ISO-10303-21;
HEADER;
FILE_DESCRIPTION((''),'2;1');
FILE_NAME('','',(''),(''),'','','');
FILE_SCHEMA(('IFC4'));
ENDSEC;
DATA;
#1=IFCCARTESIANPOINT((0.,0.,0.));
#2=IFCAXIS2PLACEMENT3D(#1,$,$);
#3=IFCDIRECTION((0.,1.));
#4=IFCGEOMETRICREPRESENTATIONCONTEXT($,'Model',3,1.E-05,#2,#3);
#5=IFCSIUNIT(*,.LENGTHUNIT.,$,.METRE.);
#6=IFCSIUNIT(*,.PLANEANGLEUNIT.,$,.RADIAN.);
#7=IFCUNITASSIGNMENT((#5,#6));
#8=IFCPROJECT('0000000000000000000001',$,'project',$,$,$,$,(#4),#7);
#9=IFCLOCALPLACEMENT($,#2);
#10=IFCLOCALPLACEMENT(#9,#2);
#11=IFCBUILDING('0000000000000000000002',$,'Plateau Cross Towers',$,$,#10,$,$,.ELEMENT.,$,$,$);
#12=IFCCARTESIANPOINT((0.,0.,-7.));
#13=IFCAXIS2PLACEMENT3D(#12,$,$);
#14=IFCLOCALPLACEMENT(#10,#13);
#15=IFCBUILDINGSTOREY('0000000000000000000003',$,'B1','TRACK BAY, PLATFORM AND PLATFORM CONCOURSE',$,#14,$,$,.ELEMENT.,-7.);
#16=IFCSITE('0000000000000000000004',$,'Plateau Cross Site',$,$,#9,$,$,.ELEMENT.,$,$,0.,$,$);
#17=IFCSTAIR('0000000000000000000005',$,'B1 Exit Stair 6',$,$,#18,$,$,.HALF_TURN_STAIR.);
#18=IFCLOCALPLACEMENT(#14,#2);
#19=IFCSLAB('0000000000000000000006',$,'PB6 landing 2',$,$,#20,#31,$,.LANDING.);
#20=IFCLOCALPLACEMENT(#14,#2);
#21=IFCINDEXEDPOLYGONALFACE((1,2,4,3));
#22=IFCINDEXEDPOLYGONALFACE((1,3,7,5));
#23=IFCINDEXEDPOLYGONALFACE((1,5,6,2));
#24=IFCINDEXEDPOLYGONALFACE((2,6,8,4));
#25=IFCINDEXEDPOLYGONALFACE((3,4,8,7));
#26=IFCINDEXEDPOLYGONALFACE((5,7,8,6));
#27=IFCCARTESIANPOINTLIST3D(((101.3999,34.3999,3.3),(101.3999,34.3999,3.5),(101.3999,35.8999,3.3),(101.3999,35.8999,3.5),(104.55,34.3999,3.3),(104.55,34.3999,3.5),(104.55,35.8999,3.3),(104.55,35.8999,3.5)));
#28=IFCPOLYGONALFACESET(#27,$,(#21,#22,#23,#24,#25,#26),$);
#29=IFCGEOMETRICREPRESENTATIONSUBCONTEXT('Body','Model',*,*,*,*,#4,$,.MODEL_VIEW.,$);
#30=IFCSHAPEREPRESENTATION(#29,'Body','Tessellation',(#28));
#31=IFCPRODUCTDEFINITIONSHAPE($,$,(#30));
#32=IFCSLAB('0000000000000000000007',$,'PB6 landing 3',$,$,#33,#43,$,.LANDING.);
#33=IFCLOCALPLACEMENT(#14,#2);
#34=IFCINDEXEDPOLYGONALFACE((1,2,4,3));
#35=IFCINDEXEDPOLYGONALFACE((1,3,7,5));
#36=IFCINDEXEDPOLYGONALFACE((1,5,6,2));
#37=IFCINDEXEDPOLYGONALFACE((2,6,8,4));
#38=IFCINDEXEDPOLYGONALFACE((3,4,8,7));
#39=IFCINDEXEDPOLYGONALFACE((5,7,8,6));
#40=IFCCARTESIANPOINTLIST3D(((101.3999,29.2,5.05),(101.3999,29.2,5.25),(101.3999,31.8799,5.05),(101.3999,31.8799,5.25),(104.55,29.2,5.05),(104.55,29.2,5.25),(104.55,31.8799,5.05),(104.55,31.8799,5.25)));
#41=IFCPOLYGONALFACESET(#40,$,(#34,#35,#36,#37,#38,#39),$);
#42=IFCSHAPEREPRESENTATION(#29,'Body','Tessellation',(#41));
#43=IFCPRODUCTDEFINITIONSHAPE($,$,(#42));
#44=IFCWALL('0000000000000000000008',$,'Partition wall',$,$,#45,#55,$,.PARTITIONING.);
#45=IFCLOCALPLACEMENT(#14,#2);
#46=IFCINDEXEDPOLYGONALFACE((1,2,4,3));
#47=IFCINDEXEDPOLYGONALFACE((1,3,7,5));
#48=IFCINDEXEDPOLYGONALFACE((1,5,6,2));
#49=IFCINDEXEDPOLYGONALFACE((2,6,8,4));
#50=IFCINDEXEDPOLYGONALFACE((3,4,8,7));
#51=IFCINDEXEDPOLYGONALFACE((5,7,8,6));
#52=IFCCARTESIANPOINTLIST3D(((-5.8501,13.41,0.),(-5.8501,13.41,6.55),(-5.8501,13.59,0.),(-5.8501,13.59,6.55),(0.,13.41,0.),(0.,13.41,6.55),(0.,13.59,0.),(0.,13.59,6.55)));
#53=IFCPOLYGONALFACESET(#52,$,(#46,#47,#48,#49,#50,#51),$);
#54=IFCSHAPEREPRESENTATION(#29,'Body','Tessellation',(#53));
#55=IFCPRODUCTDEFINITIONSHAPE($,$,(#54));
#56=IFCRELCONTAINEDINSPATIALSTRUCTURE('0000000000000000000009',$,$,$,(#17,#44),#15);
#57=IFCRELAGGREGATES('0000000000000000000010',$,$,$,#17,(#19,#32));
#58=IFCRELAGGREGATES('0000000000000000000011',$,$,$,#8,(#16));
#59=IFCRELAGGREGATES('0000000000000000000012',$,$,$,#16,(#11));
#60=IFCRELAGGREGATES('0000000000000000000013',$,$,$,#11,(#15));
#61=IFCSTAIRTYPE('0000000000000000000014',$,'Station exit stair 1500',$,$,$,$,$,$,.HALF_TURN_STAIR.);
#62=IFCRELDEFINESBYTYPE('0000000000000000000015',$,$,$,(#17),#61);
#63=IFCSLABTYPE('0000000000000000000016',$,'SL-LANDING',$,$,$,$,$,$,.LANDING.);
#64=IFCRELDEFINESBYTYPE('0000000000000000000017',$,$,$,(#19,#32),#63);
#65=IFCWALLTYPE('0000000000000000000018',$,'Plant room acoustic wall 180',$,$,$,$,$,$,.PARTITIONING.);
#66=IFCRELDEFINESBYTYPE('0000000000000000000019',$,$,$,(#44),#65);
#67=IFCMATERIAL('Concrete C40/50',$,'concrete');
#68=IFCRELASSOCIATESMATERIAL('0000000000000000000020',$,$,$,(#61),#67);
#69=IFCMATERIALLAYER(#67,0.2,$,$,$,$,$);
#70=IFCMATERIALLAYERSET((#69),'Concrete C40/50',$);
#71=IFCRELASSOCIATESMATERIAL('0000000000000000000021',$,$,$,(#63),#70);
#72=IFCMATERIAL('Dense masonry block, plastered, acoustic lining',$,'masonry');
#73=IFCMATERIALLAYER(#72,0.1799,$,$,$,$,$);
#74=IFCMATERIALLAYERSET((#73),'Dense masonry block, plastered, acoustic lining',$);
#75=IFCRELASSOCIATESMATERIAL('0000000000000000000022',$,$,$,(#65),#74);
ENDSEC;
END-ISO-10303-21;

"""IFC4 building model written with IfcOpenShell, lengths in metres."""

from ifc_helpers import new_model, si_unit, direction, frame, frame_2d, origin, place, context, subcontext, project, spatial, polyline, rectangle, outline, extrude, material, layer, layer_set, type_object, element, aggregate, save


model = new_model("IFC4")

# Units and contexts
model_context = context("Model", 3, precision=1e-05, world=origin(), true_north=direction((0.0, 1.0)))
body_context = subcontext(model_context, "Body", "Model", "MODEL_VIEW")
ifc_project = project(units=[si_unit("LENGTHUNIT", "METRE"), si_unit("PLANEANGLEUNIT", "RADIAN")], contexts=[model_context])

# Site, building, storey
site_placement = place(None, origin())
site = spatial("IfcSite", under=ifc_project, at=site_placement, Name="Plateau Cross Site", CompositionType="ELEMENT", RefElevation=0.0)
building_placement = place(site_placement, origin())
building = spatial("IfcBuilding", under=site, at=building_placement, Name="Plateau Cross Towers", CompositionType="ELEMENT")
storey_placement = place(building_placement, frame((0.0, 0.0, -7.0)))
storey = spatial("IfcBuildingStorey", under=building, at=storey_placement, Name="B1", Description="TRACK BAY, PLATFORM AND PLATFORM CONCOURSE", CompositionType="ELEMENT", Elevation=-7.0)

# Shared definitions
ifc_material_1 = material(Name="Concrete C40/50", Category="concrete")

# Stair, slabs
stair_type = type_object("IfcStairType", Name="Station exit stair 1500", PredefinedType="HALF_TURN_STAIR", material=ifc_material_1)
ifc_layer_1 = layer(ifc_material_1, 0.2)
ifc_layer_set_1 = layer_set([ifc_layer_1], Name="Concrete C40/50")
slab_type_1 = type_object("IfcSlabType", Name="SL-LANDING", PredefinedType="LANDING", material=ifc_layer_set_1)
stair_1_placement = place(storey_placement, origin())
stair_1 = element("IfcStair", 1, at=stair_1_placement, inside=storey, type_object=stair_type, Name="B1 Exit Stair 6", PredefinedType="HALF_TURN_STAIR")
slab_1_placement = place(storey_placement, frame((0.0, 0.0, 3.3)))
slab_1 = element("IfcSlab", 2, at=slab_1_placement, type_object=slab_type_1, Name="PB6 landing 2", PredefinedType="LANDING", context=body_context, shape_type="SweptSolid", body=[
    extrude(outline(polyline([(101.3999, 35.8999), (101.3999, 34.3999), (104.55, 34.3999), (104.55, 35.8999), (101.3999, 35.8999)])), origin(), (0.0, 0.0, 1.0), 0.2),
])
slab_2_placement = place(storey_placement, frame((0.0, 0.0, 5.05)))
slab_2 = element("IfcSlab", 3, at=slab_2_placement, type_object=slab_type_1, Name="PB6 landing 3", PredefinedType="LANDING", context=body_context, shape_type="SweptSolid", body=[
    extrude(outline(polyline([(101.3999, 31.8799), (101.3999, 29.2), (104.55, 29.2), (104.55, 31.8799), (101.3999, 31.8799)])), origin(), (0.0, 0.0, 1.0), 0.2),
])
aggregate(stair_1, [slab_1, slab_2])

# Wall
ifc_material_2 = material(Name="Dense masonry block, plastered, acoustic lining", Category="masonry")
ifc_layer_2 = layer(ifc_material_2, 0.1799)
ifc_layer_set_2 = layer_set([ifc_layer_2], Name="Dense masonry block, plastered, acoustic lining")
wall_type = type_object("IfcWallType", Name="Plant room acoustic wall 180", PredefinedType="PARTITIONING", material=ifc_layer_set_2)
wall_placement = place(storey_placement, frame((0.0, 13.5, 0.0), z_axis=(0.0, 0.0, 1.0), x_axis=(-1.0, 0.0, 0.0)))
element("IfcWall", 4, at=wall_placement, inside=storey, type_object=wall_type, Name="Partition wall", PredefinedType="PARTITIONING", context=body_context, shape_type="SweptSolid", body=[
    extrude(rectangle(XDim=5.8501, YDim=0.1799, at=frame_2d((2.925, 0.0))), origin(), (0.0, 0.0, 1.0), 6.55),
])

save(model, "model.ifc")
